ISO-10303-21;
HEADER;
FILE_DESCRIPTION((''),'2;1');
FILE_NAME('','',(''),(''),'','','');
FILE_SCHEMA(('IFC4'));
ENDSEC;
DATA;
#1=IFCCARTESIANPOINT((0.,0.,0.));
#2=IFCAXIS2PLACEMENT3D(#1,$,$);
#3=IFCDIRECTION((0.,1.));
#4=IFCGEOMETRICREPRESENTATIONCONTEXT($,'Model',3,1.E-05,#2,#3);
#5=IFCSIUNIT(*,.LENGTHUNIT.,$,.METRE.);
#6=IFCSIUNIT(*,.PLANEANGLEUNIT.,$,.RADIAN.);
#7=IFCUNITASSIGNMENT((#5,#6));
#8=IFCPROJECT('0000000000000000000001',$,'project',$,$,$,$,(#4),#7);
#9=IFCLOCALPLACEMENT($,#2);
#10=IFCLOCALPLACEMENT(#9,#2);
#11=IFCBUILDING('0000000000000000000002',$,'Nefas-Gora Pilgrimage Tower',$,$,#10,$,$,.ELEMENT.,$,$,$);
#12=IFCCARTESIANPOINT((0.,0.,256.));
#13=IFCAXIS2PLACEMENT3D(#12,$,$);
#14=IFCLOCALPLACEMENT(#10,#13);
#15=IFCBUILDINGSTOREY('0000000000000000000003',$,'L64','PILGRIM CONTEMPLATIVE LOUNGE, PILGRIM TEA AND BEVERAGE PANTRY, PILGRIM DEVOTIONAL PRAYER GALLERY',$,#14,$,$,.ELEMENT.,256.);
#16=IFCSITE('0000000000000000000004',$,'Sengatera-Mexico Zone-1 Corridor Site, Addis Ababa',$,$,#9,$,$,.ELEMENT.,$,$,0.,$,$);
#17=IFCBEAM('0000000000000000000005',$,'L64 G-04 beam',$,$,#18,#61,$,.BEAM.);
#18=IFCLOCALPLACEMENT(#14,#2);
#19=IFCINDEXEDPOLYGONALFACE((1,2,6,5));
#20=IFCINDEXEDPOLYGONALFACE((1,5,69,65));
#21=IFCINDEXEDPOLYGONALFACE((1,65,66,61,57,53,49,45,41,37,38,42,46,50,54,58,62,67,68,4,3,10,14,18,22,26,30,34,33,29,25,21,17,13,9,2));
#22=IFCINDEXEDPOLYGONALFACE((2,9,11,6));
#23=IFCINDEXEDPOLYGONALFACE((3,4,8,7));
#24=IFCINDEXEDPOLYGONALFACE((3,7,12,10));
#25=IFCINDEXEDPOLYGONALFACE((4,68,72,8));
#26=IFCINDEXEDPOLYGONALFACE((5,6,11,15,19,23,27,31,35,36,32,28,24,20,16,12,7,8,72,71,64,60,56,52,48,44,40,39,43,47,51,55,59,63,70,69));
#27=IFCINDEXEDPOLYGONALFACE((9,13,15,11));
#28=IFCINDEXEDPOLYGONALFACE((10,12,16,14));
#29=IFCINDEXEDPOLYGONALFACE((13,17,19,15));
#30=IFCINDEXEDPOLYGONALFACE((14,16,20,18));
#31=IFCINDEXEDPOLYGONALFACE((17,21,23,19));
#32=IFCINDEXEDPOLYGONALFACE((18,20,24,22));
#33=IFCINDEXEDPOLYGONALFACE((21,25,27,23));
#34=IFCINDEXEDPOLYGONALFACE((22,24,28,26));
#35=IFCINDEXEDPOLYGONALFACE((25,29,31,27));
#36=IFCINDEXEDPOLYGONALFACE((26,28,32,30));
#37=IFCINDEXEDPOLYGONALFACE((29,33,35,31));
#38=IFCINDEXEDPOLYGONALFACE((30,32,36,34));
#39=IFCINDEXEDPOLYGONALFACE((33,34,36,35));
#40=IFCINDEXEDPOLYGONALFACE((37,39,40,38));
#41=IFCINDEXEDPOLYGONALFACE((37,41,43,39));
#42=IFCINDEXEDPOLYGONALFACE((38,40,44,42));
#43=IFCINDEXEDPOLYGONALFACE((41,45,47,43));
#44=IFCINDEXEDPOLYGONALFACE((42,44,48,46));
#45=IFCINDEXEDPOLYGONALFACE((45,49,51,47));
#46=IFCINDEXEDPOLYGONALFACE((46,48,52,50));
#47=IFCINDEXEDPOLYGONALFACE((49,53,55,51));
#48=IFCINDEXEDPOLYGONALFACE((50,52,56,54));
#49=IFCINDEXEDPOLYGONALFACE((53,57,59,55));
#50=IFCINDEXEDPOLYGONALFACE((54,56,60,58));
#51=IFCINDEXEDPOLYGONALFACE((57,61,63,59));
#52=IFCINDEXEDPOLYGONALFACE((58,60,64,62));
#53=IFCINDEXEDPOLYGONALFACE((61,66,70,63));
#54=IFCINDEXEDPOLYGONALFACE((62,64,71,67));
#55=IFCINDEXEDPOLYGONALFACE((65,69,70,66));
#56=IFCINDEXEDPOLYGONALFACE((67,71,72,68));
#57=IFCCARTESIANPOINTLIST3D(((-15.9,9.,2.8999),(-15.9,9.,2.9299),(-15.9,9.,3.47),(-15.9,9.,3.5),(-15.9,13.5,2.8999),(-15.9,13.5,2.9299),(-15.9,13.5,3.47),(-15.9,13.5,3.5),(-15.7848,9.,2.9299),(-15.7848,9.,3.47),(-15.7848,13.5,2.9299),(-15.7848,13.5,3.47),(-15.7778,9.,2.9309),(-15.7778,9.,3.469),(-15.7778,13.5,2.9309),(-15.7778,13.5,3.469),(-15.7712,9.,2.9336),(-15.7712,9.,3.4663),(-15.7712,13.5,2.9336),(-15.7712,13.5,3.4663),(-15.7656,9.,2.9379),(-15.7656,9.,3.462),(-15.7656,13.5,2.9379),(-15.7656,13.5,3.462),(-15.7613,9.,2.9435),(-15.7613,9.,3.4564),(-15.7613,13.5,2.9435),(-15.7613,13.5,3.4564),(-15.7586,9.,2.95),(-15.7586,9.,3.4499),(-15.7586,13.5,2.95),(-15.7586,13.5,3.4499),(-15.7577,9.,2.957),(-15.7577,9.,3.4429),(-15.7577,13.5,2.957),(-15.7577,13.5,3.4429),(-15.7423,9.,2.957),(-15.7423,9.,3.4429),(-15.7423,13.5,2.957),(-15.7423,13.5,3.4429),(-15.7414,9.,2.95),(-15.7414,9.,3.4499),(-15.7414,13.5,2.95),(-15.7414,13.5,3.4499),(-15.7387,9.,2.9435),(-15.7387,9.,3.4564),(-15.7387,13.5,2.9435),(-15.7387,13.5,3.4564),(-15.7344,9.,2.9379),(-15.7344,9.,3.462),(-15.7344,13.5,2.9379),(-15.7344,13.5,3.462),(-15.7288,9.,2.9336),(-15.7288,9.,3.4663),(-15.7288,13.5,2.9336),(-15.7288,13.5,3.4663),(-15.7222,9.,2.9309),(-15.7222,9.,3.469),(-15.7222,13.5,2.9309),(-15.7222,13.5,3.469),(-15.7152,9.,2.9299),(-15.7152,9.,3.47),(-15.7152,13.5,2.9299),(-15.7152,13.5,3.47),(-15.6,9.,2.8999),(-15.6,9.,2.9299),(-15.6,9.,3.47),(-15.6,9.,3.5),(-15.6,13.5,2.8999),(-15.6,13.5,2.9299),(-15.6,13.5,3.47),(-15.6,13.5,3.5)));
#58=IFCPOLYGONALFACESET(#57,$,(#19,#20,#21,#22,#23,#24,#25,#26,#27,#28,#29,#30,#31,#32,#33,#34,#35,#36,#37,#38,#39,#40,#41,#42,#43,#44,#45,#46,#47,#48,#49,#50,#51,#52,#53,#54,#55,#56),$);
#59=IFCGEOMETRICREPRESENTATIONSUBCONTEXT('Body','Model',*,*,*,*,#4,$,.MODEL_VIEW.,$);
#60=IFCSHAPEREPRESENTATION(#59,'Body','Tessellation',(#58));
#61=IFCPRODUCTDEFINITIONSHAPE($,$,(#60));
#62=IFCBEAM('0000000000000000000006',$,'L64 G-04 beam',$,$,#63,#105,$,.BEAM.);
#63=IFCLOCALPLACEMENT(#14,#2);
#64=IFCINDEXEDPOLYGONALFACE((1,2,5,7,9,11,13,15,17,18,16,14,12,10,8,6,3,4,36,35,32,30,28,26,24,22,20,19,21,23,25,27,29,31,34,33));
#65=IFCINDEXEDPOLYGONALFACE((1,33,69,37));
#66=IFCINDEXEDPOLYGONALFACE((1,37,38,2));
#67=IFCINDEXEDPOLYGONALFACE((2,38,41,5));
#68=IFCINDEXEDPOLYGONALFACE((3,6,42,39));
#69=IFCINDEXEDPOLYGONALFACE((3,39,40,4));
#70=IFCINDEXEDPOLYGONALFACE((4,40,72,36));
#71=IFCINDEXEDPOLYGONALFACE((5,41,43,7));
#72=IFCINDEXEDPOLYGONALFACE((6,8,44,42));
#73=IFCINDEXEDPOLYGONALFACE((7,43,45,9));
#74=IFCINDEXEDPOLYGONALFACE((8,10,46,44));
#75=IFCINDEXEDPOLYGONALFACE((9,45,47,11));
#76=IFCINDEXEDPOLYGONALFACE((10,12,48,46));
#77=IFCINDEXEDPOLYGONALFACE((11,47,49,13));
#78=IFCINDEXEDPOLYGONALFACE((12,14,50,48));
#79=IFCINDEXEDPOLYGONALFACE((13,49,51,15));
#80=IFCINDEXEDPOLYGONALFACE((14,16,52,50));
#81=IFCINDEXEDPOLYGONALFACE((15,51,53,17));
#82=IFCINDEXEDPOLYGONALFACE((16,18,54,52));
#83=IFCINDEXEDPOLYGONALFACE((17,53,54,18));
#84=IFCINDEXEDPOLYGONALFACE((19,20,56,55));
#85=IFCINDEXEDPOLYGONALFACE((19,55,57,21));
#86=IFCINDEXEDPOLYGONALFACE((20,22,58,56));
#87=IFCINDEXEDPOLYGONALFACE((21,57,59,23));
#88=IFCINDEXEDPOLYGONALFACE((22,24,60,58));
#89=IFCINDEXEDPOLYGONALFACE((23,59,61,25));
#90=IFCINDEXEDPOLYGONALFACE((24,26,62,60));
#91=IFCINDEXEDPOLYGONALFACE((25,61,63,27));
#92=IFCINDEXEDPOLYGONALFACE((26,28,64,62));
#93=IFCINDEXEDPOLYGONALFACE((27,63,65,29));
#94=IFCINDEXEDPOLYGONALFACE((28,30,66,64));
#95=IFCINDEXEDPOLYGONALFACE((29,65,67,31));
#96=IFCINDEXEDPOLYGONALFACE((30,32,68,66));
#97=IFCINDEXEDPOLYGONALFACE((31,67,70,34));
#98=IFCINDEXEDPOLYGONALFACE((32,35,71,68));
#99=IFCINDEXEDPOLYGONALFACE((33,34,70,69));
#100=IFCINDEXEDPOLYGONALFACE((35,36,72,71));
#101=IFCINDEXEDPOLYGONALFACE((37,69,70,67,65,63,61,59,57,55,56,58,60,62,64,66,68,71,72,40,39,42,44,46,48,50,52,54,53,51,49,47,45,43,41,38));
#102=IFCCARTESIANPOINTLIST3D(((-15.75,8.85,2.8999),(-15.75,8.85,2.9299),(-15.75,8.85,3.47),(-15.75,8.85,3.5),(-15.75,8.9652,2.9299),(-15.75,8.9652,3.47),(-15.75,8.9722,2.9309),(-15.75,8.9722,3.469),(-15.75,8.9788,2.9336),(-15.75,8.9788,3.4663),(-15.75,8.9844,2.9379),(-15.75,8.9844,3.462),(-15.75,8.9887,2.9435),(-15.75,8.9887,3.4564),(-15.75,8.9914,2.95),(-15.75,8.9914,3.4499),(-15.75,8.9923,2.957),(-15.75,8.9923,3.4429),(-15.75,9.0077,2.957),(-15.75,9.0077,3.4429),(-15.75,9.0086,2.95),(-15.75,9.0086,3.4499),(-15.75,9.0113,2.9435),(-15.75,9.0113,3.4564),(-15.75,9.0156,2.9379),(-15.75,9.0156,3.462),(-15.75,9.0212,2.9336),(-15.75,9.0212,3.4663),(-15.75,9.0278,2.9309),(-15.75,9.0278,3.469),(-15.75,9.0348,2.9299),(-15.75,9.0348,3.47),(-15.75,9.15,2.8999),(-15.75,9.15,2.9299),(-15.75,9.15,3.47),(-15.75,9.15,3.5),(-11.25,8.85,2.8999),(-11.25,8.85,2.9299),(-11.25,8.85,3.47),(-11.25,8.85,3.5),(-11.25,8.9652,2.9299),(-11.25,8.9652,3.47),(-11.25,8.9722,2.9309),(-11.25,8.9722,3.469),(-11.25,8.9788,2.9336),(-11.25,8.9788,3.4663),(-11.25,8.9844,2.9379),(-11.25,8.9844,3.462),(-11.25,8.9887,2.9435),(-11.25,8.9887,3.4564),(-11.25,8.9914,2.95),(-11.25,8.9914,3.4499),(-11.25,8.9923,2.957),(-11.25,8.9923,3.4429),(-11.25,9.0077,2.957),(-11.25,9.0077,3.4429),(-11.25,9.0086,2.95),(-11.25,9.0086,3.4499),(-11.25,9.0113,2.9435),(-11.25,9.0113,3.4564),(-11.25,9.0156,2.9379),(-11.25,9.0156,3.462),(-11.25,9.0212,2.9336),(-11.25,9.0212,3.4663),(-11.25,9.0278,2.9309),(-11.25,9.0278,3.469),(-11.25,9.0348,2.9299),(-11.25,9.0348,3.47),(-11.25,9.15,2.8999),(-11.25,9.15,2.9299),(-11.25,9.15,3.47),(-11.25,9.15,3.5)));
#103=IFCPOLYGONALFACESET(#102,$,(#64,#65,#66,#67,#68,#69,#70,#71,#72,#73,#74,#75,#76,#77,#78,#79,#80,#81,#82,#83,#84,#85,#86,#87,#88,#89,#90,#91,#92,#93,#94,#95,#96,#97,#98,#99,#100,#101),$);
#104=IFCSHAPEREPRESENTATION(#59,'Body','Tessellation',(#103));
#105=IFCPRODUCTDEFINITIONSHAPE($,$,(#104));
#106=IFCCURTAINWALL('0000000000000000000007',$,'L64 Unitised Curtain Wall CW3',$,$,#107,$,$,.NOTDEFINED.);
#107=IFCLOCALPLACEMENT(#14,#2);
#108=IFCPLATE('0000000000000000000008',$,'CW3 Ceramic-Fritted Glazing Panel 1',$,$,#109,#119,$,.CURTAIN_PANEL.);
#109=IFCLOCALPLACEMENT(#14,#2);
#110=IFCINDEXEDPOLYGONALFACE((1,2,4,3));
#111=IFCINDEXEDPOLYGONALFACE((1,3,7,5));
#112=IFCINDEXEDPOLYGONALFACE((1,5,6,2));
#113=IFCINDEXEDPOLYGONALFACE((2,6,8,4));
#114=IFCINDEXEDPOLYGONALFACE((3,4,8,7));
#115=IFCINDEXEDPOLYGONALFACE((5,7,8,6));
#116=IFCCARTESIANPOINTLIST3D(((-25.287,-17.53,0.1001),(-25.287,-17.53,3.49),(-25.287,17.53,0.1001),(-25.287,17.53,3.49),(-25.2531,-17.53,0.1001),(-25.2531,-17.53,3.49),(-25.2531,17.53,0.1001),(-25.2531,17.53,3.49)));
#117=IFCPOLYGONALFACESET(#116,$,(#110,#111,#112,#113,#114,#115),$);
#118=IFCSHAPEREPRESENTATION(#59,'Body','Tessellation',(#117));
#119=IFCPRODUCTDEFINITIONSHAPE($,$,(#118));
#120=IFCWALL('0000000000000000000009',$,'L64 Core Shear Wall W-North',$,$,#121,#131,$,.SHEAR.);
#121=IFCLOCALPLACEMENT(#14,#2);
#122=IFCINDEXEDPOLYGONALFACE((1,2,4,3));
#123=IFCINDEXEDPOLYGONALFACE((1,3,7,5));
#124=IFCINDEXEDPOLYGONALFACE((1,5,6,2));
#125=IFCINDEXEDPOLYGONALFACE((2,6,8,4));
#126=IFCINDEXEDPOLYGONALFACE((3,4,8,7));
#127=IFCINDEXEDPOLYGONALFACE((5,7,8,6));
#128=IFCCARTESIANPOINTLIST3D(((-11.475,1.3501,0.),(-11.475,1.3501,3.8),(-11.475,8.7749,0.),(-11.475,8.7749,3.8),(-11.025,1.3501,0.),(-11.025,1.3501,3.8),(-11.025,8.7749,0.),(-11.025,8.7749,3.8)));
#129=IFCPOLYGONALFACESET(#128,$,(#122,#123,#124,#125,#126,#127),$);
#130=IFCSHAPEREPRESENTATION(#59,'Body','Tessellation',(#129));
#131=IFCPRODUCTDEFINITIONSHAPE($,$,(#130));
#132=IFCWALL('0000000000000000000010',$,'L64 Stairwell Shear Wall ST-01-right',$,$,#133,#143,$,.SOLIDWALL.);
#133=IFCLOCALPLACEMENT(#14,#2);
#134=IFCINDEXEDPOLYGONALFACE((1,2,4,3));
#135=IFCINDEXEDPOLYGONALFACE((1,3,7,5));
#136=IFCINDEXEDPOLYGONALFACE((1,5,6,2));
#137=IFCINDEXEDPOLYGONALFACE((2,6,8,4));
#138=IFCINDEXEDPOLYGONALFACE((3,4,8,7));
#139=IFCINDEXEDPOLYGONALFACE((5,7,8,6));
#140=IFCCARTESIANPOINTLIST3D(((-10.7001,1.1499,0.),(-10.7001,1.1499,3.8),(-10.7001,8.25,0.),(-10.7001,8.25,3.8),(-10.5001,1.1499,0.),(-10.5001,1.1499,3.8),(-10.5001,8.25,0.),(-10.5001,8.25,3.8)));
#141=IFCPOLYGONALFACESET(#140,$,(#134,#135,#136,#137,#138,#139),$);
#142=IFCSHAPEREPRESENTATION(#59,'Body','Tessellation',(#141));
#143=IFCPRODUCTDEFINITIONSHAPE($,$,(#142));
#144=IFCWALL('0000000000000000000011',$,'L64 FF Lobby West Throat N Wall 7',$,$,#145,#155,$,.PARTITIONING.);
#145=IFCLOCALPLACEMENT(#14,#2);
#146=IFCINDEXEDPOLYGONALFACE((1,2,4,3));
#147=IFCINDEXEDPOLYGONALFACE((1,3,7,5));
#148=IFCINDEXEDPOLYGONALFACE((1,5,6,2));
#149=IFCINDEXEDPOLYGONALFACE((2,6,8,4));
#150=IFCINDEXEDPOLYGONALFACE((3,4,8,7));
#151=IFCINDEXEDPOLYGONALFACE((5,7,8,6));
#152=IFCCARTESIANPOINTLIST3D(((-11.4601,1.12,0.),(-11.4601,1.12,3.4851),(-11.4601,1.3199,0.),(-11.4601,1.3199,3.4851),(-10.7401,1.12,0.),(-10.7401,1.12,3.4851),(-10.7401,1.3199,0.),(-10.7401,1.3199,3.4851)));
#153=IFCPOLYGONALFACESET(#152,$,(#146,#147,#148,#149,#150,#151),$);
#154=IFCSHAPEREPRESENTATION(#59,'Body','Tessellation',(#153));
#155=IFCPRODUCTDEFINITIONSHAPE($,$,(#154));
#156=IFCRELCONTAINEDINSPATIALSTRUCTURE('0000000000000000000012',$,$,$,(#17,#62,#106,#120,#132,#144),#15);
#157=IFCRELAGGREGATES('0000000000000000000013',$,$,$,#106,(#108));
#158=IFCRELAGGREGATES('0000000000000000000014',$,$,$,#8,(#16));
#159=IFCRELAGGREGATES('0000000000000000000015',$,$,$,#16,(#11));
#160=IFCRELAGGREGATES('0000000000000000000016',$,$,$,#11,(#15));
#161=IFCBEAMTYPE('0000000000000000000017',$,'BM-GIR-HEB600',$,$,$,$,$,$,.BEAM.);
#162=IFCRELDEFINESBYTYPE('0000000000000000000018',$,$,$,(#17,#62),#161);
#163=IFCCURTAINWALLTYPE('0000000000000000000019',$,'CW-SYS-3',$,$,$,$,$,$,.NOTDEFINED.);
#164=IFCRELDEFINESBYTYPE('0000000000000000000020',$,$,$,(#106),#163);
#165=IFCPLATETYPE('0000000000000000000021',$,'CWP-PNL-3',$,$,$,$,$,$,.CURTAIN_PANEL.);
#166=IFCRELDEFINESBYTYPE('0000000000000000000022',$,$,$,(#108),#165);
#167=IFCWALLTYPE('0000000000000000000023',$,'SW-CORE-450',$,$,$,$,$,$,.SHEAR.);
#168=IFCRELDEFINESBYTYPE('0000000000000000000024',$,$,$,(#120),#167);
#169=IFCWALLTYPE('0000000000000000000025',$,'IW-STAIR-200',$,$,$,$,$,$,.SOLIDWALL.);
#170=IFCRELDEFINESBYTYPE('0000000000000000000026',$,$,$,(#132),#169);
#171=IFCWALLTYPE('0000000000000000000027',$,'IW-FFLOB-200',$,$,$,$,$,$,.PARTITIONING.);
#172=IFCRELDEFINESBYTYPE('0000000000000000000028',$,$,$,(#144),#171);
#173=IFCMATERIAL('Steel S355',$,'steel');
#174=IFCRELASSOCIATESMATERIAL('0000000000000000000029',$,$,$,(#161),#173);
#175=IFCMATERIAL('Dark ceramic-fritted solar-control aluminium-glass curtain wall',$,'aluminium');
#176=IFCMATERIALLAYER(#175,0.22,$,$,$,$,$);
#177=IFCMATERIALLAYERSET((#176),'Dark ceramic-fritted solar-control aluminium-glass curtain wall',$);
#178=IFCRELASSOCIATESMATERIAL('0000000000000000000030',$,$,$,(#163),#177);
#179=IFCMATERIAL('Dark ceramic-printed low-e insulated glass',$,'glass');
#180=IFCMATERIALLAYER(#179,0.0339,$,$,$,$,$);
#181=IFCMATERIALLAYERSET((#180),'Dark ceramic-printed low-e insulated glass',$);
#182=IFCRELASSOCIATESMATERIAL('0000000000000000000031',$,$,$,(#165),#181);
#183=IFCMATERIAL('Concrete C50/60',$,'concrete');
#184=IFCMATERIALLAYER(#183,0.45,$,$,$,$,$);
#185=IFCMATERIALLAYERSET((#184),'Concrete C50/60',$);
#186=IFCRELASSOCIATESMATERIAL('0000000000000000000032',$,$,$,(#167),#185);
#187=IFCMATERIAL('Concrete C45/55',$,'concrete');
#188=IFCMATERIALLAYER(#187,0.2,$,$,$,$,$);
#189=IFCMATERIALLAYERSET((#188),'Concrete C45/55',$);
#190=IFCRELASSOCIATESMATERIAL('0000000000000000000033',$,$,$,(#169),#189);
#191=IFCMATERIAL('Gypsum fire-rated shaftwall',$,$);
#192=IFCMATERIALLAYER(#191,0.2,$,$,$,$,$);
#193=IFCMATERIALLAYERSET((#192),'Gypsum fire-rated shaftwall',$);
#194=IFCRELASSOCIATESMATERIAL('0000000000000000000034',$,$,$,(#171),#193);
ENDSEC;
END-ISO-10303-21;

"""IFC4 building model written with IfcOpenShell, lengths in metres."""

from ifc_helpers import new_model, si_unit, direction, frame, frame_2d, origin, origin_2d, place, context, subcontext, project, spatial, rectangle, i_section, extrude, source, transform, mapped, material, layer, layer_set, material_profile, profile_set, type_object, element, aggregate, save


model = new_model("IFC4")

# Units and contexts
model_context = context("Model", 3, precision=1e-05, world=origin(), true_north=direction((0.0, 1.0)))
body_context = subcontext(model_context, "Body", "Model", "MODEL_VIEW")
ifc_project = project(units=[si_unit("LENGTHUNIT", "METRE"), si_unit("PLANEANGLEUNIT", "RADIAN")], contexts=[model_context])

# Site, building, storey
site_placement = place(None, origin())
site = spatial("IfcSite", under=ifc_project, at=site_placement, Name="Sengatera-Mexico Zone-1 Corridor Site, Addis Ababa", CompositionType="ELEMENT", RefElevation=0.0)
building_placement = place(site_placement, origin())
building = spatial("IfcBuilding", under=site, at=building_placement, Name="Nefas-Gora Pilgrimage Tower", CompositionType="ELEMENT")
storey_placement = place(building_placement, frame((0.0, 0.0, 256.0)))
storey = spatial("IfcBuildingStorey", under=building, at=storey_placement, Name="L64", Description="PILGRIM CONTEMPLATIVE LOUNGE, PILGRIM TEA AND BEVERAGE PANTRY, PILGRIM DEVOTIONAL PRAYER GALLERY", CompositionType="ELEMENT", Elevation=256.0)

# Beams
ifc_material_1 = material(Name="Steel S355", Category="steel")
ifc_material_profile_1 = material_profile(ifc_material_1, i_section(OverallWidth=0.3, OverallDepth=0.6001, WebThickness=0.0154, FlangeThickness=0.03, FilletRadius=0.0271, at=origin_2d()), Name="HEB 600")
ifc_profile_set_1 = profile_set([ifc_material_profile_1], Name="Steel S355")
beam_type_1 = type_object("IfcBeamType", Name="BM-GIR-HEB600", PredefinedType="BEAM", material=ifc_profile_set_1)
shared_shape_1 = source(origin(), body_context, "Body", "SweptSolid", [
    extrude(i_section(OverallWidth=0.3, OverallDepth=0.6001, WebThickness=0.0154, FlangeThickness=0.03, FilletRadius=0.0271, at=origin_2d()), origin(), (0.0, 0.0, 1.0), 4.5),
])
for number, where, z_axis, x_axis, name in (
    (1, (-15.75, 9.0, 3.2), (0.0, 1.0, 0.0), (-1.0, 0.0, 0.0), "L64 G-04 beam"),
    (2, (-15.75, 9.0, 3.2), (1.0, 0.0, 0.0), (0.0, 1.0, 0.0), "L64 G-04 beam"),
):
    element("IfcBeam", number, at=place(storey_placement, frame(where, z_axis=z_axis, x_axis=x_axis)), inside=storey, type_object=beam_type_1, Name=name, PredefinedType="BEAM", context=body_context, shape_type="MappedRepresentation", body=[
        mapped(shared_shape_1, transform((0.0, 0.0, 0.0), x_axis=(1.0, 0.0, 0.0), y_axis=(0.0, 1.0, 0.0), z_axis=(0.0, 0.0, 1.0), scale=1.0)),
    ])

# Curtain wall, plate
ifc_material_2 = material(Name="Dark ceramic-fritted solar-control aluminium-glass curtain wall", Category="aluminium")
ifc_layer_1 = layer(ifc_material_2, 0.22)
ifc_layer_set_1 = layer_set([ifc_layer_1], Name="Dark ceramic-fritted solar-control aluminium-glass curtain wall")
curtain_wall_type = type_object("IfcCurtainWallType", Name="CW-SYS-3", PredefinedType="NOTDEFINED", material=ifc_layer_set_1)
curtain_wall_placement = place(storey_placement, origin())
curtain_wall = element("IfcCurtainWall", 3, at=curtain_wall_placement, inside=storey, type_object=curtain_wall_type, Name="L64 Unitised Curtain Wall CW3", PredefinedType="NOTDEFINED")
ifc_material_3 = material(Name="Dark ceramic-printed low-e insulated glass", Category="glass")
ifc_layer_2 = layer(ifc_material_3, 0.0339)
ifc_layer_set_2 = layer_set([ifc_layer_2], Name="Dark ceramic-printed low-e insulated glass")
plate_type = type_object("IfcPlateType", Name="CWP-PNL-3", PredefinedType="CURTAIN_PANEL", material=ifc_layer_set_2)
shared_shape_2 = source(origin(), body_context, "Body", "SweptSolid", [
    extrude(rectangle(XDim=35.0601, YDim=0.0339, at=origin_2d()), origin(), (0.0, 0.0, 1.0), 3.3899),
])
plate_placement = place(storey_placement, frame((-25.27, 0.0, 0.1001), z_axis=(0.0, 0.0, 1.0), x_axis=(0.0, -1.0, 0.0)))
plate = element("IfcPlate", 4, at=plate_placement, type_object=plate_type, Name="CW3 Ceramic-Fritted Glazing Panel 1", PredefinedType="CURTAIN_PANEL", context=body_context, shape_type="MappedRepresentation", body=[
    mapped(shared_shape_2, transform((0.0, 0.0, 0.0), x_axis=(1.0, 0.0, 0.0), y_axis=(0.0, 1.0, 0.0), z_axis=(0.0, 0.0, 1.0), scale=1.0)),
])
aggregate(curtain_wall, [plate])

# Walls
ifc_material_4 = material(Name="Concrete C50/60", Category="concrete")
ifc_layer_3 = layer(ifc_material_4, 0.45)
ifc_layer_set_3 = layer_set([ifc_layer_3], Name="Concrete C50/60")
wall_type_1 = type_object("IfcWallType", Name="SW-CORE-450", PredefinedType="SHEAR", material=ifc_layer_set_3)
shared_shape_3 = source(origin(), body_context, "Body", "SweptSolid", [
    extrude(rectangle(XDim=7.4248, YDim=0.45, at=frame_2d((3.7124, 0.0))), origin(), (0.0, 0.0, 1.0), 3.8),
])
wall_1_placement = place(storey_placement, frame((-11.25, 1.3501, 0.0), z_axis=(0.0, 0.0, 1.0), x_axis=(0.0, 1.0, 0.0)))
element("IfcWall", 5, at=wall_1_placement, inside=storey, type_object=wall_type_1, Name="L64 Core Shear Wall W-North", PredefinedType="SHEAR", context=body_context, shape_type="MappedRepresentation", body=[
    mapped(shared_shape_3, transform((0.0, 0.0, 0.0), x_axis=(1.0, 0.0, 0.0), y_axis=(0.0, 1.0, 0.0), z_axis=(0.0, 0.0, 1.0), scale=1.0)),
])
ifc_material_5 = material(Name="Concrete C45/55", Category="concrete")
ifc_layer_4 = layer(ifc_material_5, 0.2)
ifc_layer_set_4 = layer_set([ifc_layer_4], Name="Concrete C45/55")
wall_type_2 = type_object("IfcWallType", Name="IW-STAIR-200", PredefinedType="SOLIDWALL", material=ifc_layer_set_4)
shared_shape_4 = source(origin(), body_context, "Body", "SweptSolid", [
    extrude(rectangle(XDim=7.1001, YDim=0.2, at=frame_2d((3.55, 0.0))), origin(), (0.0, 0.0, 1.0), 3.8),
])
wall_2_placement = place(storey_placement, frame((-10.6001, 1.1499, 0.0), z_axis=(0.0, 0.0, 1.0), x_axis=(0.0, 1.0, 0.0)))
element("IfcWall", 6, at=wall_2_placement, inside=storey, type_object=wall_type_2, Name="L64 Stairwell Shear Wall ST-01-right", PredefinedType="SOLIDWALL", context=body_context, shape_type="MappedRepresentation", body=[
    mapped(shared_shape_4, transform((0.0, 0.0, 0.0), x_axis=(1.0, 0.0, 0.0), y_axis=(0.0, 1.0, 0.0), z_axis=(0.0, 0.0, 1.0), scale=1.0)),
])
ifc_material_6 = material(Name="Gypsum fire-rated shaftwall")
ifc_layer_5 = layer(ifc_material_6, 0.2)
ifc_layer_set_5 = layer_set([ifc_layer_5], Name="Gypsum fire-rated shaftwall")
wall_type_3 = type_object("IfcWallType", Name="IW-FFLOB-200", PredefinedType="PARTITIONING", material=ifc_layer_set_5)
shared_shape_5 = source(origin(), body_context, "Body", "SweptSolid", [
    extrude(rectangle(XDim=0.72, YDim=0.2, at=frame_2d((0.3599, 0.0))), origin(), (0.0, 0.0, 1.0), 3.4851),
])
wall_3_placement = place(storey_placement, frame((-11.46, 1.22, 0.0), z_axis=(0.0, 0.0, 1.0), x_axis=(1.0, 0.0, 0.0)))
element("IfcWall", 7, at=wall_3_placement, inside=storey, type_object=wall_type_3, Name="L64 FF Lobby West Throat N Wall 7", PredefinedType="PARTITIONING", context=body_context, shape_type="MappedRepresentation", body=[
    mapped(shared_shape_5, transform((0.0, 0.0, 0.0), x_axis=(1.0, 0.0, 0.0), y_axis=(0.0, 1.0, 0.0), z_axis=(0.0, 0.0, 1.0), scale=1.0)),
])

save(model, "model.ifc")
